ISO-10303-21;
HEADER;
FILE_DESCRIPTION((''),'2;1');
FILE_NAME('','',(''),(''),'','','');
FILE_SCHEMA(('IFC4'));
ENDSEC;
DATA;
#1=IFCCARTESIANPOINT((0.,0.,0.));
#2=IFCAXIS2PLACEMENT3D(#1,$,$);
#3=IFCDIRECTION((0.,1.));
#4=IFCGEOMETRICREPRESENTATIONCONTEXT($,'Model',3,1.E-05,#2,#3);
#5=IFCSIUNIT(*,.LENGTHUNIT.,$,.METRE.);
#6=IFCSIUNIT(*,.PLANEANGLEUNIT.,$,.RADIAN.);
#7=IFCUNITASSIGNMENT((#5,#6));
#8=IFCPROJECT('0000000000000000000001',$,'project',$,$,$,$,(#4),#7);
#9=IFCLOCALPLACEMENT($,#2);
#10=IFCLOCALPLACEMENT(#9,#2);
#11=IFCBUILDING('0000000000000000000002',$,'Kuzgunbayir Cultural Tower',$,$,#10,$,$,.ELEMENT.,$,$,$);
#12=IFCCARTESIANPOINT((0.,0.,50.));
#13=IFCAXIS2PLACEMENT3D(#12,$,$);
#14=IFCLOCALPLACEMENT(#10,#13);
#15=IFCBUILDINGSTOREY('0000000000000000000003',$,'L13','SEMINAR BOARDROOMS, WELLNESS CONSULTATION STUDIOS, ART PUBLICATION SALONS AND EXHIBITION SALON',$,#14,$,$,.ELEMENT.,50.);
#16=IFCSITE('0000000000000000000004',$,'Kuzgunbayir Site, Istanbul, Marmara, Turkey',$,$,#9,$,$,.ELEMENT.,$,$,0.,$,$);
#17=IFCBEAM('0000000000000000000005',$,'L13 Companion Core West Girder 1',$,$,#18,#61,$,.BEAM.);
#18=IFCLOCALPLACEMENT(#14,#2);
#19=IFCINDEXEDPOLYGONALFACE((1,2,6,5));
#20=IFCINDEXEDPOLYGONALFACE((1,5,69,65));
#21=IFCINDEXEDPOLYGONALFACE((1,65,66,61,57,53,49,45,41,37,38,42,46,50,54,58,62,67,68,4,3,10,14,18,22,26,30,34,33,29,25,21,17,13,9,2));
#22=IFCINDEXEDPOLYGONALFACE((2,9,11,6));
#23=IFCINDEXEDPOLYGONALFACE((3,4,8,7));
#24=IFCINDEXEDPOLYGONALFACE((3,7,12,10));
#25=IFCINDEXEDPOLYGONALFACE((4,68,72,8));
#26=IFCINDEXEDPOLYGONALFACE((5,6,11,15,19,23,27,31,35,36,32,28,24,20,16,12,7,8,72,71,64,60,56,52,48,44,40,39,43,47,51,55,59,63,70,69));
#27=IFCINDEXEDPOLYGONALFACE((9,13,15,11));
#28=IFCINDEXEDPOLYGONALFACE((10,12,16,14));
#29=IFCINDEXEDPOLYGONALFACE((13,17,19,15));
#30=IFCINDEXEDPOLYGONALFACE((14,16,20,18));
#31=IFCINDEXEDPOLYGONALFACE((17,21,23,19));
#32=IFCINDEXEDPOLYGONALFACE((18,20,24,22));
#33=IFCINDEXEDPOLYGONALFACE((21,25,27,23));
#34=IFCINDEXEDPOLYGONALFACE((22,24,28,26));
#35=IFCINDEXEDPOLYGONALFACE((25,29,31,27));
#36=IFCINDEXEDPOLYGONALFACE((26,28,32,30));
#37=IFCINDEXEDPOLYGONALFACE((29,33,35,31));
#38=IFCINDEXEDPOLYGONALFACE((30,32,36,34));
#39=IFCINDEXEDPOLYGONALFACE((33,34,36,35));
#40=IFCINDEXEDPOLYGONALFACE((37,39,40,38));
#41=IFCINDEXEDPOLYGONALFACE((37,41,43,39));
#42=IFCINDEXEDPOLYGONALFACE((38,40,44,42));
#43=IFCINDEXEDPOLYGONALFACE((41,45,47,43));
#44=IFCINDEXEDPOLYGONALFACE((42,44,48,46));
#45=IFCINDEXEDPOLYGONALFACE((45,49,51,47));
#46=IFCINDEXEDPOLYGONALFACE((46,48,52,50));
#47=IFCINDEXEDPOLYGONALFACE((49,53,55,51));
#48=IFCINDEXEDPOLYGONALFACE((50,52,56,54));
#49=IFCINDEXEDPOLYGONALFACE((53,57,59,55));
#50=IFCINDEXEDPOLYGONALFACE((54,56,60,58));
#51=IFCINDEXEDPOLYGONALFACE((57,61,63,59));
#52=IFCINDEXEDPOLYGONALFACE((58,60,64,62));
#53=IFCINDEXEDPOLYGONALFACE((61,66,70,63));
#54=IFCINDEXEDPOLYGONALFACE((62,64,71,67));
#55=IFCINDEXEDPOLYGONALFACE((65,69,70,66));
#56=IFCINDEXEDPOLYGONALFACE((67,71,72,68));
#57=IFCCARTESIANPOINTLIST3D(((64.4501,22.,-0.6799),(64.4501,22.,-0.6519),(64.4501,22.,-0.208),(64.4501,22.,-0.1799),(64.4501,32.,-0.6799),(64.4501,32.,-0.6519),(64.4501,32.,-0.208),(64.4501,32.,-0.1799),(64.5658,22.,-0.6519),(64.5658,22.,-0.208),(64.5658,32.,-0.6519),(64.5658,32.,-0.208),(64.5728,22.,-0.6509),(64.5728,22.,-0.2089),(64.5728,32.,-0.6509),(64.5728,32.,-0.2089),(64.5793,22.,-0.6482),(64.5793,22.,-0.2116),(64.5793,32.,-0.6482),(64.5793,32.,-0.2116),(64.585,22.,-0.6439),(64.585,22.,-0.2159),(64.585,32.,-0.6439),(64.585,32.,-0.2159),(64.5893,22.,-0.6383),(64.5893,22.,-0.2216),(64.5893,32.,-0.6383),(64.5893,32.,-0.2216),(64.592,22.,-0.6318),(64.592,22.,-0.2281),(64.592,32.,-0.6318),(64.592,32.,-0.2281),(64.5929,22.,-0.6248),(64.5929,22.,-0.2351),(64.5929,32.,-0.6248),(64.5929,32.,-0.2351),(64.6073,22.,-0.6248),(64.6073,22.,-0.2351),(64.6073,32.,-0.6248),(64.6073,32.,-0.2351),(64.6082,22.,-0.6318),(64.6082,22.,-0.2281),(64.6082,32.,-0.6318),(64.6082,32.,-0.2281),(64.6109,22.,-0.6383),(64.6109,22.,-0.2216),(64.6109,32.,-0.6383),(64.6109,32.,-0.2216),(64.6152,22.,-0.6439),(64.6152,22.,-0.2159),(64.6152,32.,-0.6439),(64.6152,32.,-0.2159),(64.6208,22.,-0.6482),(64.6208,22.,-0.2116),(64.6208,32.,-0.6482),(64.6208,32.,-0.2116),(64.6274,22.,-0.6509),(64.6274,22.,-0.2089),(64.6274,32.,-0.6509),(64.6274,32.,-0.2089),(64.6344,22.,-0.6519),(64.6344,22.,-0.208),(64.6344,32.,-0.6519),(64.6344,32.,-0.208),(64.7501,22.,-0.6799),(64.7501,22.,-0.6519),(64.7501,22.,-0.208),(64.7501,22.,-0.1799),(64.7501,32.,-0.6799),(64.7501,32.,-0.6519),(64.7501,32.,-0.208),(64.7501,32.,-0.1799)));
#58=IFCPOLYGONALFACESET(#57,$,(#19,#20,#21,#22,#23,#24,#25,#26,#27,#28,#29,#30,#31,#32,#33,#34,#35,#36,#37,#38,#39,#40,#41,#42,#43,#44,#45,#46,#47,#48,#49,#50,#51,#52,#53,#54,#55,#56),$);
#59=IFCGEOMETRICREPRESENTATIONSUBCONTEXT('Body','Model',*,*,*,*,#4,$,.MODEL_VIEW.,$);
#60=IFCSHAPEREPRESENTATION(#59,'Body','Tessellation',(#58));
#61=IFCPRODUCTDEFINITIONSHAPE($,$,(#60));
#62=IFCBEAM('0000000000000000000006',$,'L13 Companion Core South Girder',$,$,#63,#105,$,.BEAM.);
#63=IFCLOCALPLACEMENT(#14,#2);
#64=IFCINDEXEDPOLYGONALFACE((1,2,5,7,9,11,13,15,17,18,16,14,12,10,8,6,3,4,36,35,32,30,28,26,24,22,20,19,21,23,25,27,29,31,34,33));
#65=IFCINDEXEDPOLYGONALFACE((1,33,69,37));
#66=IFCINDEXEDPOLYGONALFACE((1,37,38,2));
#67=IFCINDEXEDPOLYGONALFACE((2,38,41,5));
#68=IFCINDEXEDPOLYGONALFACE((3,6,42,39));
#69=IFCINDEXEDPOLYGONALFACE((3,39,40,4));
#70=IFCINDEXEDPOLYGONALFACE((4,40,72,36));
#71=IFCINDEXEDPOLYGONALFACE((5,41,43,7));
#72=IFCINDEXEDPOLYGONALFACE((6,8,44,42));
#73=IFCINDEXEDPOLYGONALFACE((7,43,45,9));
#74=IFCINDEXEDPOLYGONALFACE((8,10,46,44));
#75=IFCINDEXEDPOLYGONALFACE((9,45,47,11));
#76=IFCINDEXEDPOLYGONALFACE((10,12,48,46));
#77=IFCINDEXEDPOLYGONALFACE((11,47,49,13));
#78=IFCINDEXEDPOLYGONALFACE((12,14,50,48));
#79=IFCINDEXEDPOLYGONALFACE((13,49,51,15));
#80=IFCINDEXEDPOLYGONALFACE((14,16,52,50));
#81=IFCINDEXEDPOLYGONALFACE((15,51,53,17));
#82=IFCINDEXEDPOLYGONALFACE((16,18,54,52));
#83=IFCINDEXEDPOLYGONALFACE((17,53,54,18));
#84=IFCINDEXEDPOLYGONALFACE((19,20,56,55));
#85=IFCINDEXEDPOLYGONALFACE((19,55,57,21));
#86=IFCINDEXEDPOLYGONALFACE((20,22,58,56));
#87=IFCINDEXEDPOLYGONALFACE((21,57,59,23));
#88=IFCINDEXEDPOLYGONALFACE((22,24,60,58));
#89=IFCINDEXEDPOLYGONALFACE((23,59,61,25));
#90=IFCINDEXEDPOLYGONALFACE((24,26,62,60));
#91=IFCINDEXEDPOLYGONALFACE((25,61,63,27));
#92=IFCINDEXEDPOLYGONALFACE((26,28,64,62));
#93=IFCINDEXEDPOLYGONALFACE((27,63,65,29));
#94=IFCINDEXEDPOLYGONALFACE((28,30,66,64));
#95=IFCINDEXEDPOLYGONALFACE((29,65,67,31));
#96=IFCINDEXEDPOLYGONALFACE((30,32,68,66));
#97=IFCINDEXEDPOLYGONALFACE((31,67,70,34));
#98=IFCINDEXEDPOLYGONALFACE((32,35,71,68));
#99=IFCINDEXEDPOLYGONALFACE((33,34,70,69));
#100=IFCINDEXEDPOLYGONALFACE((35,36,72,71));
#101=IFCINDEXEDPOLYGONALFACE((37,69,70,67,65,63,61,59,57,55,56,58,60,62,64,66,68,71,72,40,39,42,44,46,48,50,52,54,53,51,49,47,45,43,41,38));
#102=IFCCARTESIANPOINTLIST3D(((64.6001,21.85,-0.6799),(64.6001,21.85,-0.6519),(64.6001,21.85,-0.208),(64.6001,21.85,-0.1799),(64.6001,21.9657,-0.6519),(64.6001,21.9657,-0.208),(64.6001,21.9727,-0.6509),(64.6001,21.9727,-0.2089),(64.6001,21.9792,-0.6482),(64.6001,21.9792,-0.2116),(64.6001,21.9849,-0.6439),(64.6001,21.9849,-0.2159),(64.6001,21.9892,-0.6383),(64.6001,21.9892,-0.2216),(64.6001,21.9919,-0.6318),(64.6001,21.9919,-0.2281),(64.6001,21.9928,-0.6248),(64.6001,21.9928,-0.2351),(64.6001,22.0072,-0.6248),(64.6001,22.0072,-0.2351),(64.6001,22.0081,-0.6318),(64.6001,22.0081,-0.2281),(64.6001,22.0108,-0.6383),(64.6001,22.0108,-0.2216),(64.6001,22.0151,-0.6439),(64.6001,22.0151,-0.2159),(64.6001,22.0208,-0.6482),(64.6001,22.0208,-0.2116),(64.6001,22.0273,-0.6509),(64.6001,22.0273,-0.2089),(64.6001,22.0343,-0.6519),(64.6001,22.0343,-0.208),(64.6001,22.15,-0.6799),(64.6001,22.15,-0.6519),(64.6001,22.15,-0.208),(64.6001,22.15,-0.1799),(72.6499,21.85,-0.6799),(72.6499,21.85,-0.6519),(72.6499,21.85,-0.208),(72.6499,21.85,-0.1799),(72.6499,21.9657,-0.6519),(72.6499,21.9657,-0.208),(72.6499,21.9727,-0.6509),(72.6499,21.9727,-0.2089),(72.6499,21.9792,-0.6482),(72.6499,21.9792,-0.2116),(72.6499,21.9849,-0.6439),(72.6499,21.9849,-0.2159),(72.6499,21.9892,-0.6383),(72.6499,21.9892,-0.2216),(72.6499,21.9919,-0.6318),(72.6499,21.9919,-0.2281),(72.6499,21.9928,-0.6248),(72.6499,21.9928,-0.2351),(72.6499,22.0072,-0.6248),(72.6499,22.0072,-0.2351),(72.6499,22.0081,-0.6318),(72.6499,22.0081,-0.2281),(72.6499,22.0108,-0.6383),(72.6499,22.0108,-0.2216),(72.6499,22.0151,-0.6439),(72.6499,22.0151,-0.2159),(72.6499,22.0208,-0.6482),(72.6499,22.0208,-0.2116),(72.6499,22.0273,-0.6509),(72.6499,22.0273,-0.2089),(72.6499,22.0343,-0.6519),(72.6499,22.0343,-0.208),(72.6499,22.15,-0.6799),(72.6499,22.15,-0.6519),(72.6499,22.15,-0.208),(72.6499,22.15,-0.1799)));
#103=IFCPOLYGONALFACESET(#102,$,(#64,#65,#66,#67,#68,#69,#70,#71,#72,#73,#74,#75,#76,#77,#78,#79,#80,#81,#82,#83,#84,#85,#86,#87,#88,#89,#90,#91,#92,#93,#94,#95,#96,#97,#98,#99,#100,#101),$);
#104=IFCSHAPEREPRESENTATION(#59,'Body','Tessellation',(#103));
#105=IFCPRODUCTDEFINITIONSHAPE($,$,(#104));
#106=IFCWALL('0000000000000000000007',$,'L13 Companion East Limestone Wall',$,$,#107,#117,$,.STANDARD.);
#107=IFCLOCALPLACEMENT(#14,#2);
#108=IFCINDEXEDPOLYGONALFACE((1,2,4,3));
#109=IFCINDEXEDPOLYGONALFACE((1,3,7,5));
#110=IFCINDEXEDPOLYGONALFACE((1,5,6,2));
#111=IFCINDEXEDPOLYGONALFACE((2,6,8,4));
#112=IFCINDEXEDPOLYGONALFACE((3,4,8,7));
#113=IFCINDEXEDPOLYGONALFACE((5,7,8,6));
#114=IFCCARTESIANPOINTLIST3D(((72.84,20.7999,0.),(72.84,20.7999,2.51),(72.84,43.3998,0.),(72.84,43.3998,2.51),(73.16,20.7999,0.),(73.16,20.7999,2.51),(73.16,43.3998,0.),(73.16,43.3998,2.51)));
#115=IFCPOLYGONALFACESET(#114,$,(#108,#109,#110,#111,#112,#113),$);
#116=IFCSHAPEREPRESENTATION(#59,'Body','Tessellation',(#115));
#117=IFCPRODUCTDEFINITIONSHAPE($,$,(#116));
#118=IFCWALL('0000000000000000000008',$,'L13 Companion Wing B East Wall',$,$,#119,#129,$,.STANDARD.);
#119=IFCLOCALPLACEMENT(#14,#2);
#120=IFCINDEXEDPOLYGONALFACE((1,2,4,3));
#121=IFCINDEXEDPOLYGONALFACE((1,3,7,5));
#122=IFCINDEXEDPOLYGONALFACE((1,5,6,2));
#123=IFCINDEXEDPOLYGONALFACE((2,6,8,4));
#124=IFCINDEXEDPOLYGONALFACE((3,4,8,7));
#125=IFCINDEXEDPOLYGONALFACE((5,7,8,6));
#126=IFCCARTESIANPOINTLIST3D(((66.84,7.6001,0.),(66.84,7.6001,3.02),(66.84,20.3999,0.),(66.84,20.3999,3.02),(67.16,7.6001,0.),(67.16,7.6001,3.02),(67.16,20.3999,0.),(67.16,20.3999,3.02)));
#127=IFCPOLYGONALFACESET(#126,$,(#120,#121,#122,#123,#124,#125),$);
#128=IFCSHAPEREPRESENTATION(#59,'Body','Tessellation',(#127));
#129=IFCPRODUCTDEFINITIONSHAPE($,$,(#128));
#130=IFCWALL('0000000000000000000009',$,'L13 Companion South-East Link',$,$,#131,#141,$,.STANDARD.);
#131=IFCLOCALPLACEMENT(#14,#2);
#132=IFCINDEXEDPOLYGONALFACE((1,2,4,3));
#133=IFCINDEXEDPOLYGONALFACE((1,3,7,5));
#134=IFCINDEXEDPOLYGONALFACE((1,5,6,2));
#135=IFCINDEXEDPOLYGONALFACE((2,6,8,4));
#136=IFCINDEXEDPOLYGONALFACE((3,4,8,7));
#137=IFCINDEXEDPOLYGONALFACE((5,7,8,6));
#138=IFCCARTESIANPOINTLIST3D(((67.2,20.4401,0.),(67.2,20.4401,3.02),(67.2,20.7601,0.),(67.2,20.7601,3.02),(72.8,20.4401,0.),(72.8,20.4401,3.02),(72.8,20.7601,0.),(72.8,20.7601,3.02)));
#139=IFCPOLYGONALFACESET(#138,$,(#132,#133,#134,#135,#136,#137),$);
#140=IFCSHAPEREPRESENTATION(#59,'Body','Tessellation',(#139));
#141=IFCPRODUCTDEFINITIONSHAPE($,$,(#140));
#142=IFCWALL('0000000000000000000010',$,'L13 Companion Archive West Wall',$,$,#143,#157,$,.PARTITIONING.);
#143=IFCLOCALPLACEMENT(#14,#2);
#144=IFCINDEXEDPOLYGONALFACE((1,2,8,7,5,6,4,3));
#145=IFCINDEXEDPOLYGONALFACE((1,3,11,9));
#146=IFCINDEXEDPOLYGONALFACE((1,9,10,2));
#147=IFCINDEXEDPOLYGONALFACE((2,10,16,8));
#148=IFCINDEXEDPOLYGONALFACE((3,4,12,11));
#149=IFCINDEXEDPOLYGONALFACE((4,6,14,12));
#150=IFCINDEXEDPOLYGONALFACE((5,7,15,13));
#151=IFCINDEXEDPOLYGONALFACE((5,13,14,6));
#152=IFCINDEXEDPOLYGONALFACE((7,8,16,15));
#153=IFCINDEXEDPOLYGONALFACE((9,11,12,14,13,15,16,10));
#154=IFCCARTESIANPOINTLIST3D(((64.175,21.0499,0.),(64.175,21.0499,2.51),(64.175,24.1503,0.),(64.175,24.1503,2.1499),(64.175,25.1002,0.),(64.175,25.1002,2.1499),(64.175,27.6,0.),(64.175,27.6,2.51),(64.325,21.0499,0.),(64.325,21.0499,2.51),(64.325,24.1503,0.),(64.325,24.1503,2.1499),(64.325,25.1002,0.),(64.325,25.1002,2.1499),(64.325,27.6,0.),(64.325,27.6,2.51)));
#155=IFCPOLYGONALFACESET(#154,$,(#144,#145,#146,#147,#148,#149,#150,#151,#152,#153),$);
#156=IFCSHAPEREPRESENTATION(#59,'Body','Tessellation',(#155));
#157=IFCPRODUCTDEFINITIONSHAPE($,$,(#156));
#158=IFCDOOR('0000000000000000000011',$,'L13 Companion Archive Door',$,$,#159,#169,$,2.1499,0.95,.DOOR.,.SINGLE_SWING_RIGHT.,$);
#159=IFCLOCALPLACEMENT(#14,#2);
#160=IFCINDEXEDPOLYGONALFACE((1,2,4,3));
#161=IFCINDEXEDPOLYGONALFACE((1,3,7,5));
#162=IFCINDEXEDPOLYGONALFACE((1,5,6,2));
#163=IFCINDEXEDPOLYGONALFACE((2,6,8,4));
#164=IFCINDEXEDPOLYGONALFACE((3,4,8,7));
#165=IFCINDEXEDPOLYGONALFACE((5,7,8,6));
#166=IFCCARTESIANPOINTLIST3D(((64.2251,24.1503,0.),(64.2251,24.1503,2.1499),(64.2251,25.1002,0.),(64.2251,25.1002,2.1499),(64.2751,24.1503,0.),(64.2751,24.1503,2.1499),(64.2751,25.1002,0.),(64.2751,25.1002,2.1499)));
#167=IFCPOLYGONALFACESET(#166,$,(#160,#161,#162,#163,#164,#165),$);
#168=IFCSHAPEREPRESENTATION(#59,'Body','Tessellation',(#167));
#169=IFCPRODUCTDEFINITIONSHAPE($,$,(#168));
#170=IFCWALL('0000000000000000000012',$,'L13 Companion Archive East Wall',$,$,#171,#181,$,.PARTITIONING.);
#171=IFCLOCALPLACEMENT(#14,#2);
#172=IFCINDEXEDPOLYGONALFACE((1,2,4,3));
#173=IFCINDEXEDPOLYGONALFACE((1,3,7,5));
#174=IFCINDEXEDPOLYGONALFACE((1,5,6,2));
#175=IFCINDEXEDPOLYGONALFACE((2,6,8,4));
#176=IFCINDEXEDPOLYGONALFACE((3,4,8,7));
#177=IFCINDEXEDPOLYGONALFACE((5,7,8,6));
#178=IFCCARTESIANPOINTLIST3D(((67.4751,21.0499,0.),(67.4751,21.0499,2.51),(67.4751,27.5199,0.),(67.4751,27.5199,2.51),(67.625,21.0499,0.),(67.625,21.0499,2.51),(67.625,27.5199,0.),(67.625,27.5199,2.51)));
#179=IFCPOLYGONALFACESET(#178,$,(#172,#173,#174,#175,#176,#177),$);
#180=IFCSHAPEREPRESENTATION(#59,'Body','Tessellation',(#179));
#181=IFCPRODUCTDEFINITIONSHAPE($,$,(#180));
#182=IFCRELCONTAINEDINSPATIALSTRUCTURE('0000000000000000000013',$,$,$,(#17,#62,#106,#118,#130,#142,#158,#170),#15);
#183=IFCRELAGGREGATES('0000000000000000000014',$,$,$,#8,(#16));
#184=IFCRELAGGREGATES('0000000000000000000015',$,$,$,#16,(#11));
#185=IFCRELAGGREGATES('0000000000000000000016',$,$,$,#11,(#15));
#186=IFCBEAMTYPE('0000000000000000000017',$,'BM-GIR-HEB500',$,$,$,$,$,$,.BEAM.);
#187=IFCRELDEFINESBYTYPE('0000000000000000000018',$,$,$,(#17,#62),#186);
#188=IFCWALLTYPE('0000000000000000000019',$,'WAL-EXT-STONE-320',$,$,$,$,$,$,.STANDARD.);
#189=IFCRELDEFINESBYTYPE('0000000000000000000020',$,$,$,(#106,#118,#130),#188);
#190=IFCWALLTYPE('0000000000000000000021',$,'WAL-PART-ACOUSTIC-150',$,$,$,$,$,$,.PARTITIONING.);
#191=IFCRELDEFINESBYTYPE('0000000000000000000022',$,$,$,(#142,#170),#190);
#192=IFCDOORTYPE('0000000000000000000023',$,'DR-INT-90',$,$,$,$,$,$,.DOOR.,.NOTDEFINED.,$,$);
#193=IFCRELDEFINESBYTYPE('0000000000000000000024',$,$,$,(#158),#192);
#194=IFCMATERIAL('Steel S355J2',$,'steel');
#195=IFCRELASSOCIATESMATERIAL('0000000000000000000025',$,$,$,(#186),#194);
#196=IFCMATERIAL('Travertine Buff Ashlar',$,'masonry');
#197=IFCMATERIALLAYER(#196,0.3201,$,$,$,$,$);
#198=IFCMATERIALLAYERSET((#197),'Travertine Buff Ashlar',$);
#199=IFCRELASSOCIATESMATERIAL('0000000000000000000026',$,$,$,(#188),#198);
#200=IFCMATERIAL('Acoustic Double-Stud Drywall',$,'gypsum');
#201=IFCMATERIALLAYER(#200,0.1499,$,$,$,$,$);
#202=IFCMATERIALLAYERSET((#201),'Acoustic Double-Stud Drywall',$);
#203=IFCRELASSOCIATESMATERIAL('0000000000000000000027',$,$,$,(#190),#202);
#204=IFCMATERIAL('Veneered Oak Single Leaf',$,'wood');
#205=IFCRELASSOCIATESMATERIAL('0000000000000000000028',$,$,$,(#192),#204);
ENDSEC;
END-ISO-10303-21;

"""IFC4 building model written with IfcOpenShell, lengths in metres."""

from ifc_helpers import new_model, si_unit, direction, frame, frame_2d, origin, origin_2d, place, context, subcontext, project, spatial, rectangle, i_section, extrude, material, layer, layer_set, material_profile, profile_set, type_object, element, fill, save


model = new_model("IFC4")

# Units and contexts
model_context = context("Model", 3, precision=1e-05, world=origin(), true_north=direction((0.0, 1.0)))
body_context = subcontext(model_context, "Body", "Model", "MODEL_VIEW")
ifc_project = project(units=[si_unit("LENGTHUNIT", "METRE"), si_unit("PLANEANGLEUNIT", "RADIAN")], contexts=[model_context])

# Site, building, storey
site_placement = place(None, origin())
site = spatial("IfcSite", under=ifc_project, at=site_placement, Name="Kuzgunbayir Site, Istanbul, Marmara, Turkey", CompositionType="ELEMENT", RefElevation=0.0)
building_placement = place(site_placement, origin())
building = spatial("IfcBuilding", under=site, at=building_placement, Name="Kuzgunbayir Cultural Tower", CompositionType="ELEMENT")
storey_placement = place(building_placement, frame((0.0, 0.0, 50.0)))
storey = spatial("IfcBuildingStorey", under=building, at=storey_placement, Name="L13", Description="SEMINAR BOARDROOMS, WELLNESS CONSULTATION STUDIOS, ART PUBLICATION SALONS AND EXHIBITION SALON", CompositionType="ELEMENT", Elevation=50.0)

# Beams
ifc_material_1 = material(Name="Steel S355J2", Category="steel")
ifc_material_profile_1 = material_profile(ifc_material_1, i_section(OverallWidth=0.3, OverallDepth=0.5, WebThickness=0.0144, FlangeThickness=0.0281, FilletRadius=0.0271, at=origin_2d()), Name="HEB 500")
ifc_profile_set_1 = profile_set([ifc_material_profile_1], Name="Steel S355J2")
beam_type_1 = type_object("IfcBeamType", Name="BM-GIR-HEB500", PredefinedType="BEAM", material=ifc_profile_set_1)
beam_1_placement = place(storey_placement, frame((64.6001, 22.0, -0.4299), z_axis=(0.0, 1.0, 0.0), x_axis=(-1.0, 0.0, 0.0)))
element("IfcBeam", 1, at=beam_1_placement, inside=storey, type_object=beam_type_1, Name="L13 Companion Core West Girder 1", PredefinedType="BEAM", context=body_context, shape_type="SweptSolid", body=[
    extrude(i_section(OverallWidth=0.3, OverallDepth=0.5, WebThickness=0.0144, FlangeThickness=0.0281, FilletRadius=0.0271, at=origin_2d()), origin(), (0.0, 0.0, 1.0), 10.0),
])
beam_2_placement = place(storey_placement, frame((64.6001, 22.0, -0.4299), z_axis=(1.0, 0.0, 0.0), x_axis=(0.0, 1.0, 0.0)))
element("IfcBeam", 2, at=beam_2_placement, inside=storey, type_object=beam_type_1, Name="L13 Companion Core South Girder", PredefinedType="BEAM", context=body_context, shape_type="SweptSolid", body=[
    extrude(i_section(OverallWidth=0.3, OverallDepth=0.5, WebThickness=0.0144, FlangeThickness=0.0281, FilletRadius=0.0271, at=origin_2d()), origin(), (0.0, 0.0, 1.0), 8.0498),
])

# Walls
ifc_material_2 = material(Name="Travertine Buff Ashlar", Category="masonry")
ifc_layer_1 = layer(ifc_material_2, 0.3201)
ifc_layer_set_1 = layer_set([ifc_layer_1], Name="Travertine Buff Ashlar")
wall_type_1 = type_object("IfcWallType", Name="WAL-EXT-STONE-320", PredefinedType="STANDARD", material=ifc_layer_set_1)
wall_1_placement = place(storey_placement, frame((73.0, 20.8, 0.0), z_axis=(0.0, 0.0, 1.0), x_axis=(0.0, 1.0, 0.0)))
element("IfcWall", 3, at=wall_1_placement, inside=storey, type_object=wall_type_1, Name="L13 Companion East Limestone Wall", PredefinedType="STANDARD", context=body_context, shape_type="SweptSolid", body=[
    extrude(rectangle(XDim=22.5999, YDim=0.3201, at=frame_2d((11.2998, 0.0))), origin(), (0.0, 0.0, 1.0), 2.51),
])
wall_2_placement = place(storey_placement, frame((67.0, 7.6001, 0.0), z_axis=(0.0, 0.0, 1.0), x_axis=(0.0, 1.0, 0.0)))
element("IfcWall", 4, at=wall_2_placement, inside=storey, type_object=wall_type_1, Name="L13 Companion Wing B East Wall", PredefinedType="STANDARD", context=body_context, shape_type="SweptSolid", body=[
    extrude(rectangle(XDim=12.7998, YDim=0.3201, at=frame_2d((6.3999, 0.0))), origin(), (0.0, 0.0, 1.0), 3.02),
])
wall_3_placement = place(storey_placement, frame((67.2, 20.6001, 0.0), z_axis=(0.0, 0.0, 1.0), x_axis=(1.0, 0.0, 0.0)))
element("IfcWall", 5, at=wall_3_placement, inside=storey, type_object=wall_type_1, Name="L13 Companion South-East Link", PredefinedType="STANDARD", context=body_context, shape_type="SweptSolid", body=[
    extrude(rectangle(XDim=5.6001, YDim=0.3201, at=frame_2d((2.8, 0.0))), origin(), (0.0, 0.0, 1.0), 3.02),
])

# Wall, opening, door
ifc_material_3 = material(Name="Acoustic Double-Stud Drywall", Category="gypsum")
ifc_layer_2 = layer(ifc_material_3, 0.1499)
ifc_layer_set_2 = layer_set([ifc_layer_2], Name="Acoustic Double-Stud Drywall")
wall_type_2 = type_object("IfcWallType", Name="WAL-PART-ACOUSTIC-150", PredefinedType="PARTITIONING", material=ifc_layer_set_2)
wall_4_placement = place(storey_placement, frame((64.25, 21.05, 0.0), z_axis=(0.0, 0.0, 1.0), x_axis=(0.0, 1.0, 0.0)))
wall_4 = element("IfcWall", 6, at=wall_4_placement, inside=storey, type_object=wall_type_2, Name="L13 Companion Archive West Wall", PredefinedType="PARTITIONING", context=body_context, shape_type="SweptSolid", body=[
    extrude(rectangle(XDim=6.55, YDim=0.1499, at=frame_2d((3.2749, 0.0))), origin(), (0.0, 0.0, 1.0), 2.51),
])
opening_1_placement = place(wall_4_placement, frame((3.1001, 0.0, 0.0)))
opening_1 = element("IfcOpeningElement", 7, at=opening_1_placement, cuts=wall_4, PredefinedType="OPENING", context=body_context, shape_type="SweptSolid", body=[
    extrude(rectangle(XDim=0.95, YDim=2.1499, at=frame_2d((0.4751, 1.075))), frame((0.0, 0.085, 0.0), z_axis=(0.0, -1.0, 0.0), x_axis=(1.0, 0.0, 0.0)), (0.0, 0.0, 1.0), 0.1699),
])
ifc_material_4 = material(Name="Veneered Oak Single Leaf", Category="wood")
door_type_1 = type_object("IfcDoorType", Name="DR-INT-90", OperationType="NOTDEFINED", PredefinedType="DOOR", material=ifc_material_4)
door_1_placement = place(opening_1_placement, origin())
door_1 = element("IfcDoor", 8, at=door_1_placement, inside=storey, type_object=door_type_1, Name="L13 Companion Archive Door", OperationType="SINGLE_SWING_RIGHT", OverallHeight=2.1499, OverallWidth=0.95, PredefinedType="DOOR", context=body_context, shape_type="SweptSolid", body=[
    extrude(rectangle(XDim=0.95, YDim=2.1499, at=frame_2d((0.4751, 1.075))), frame((0.0, 0.0249, 0.0), z_axis=(0.0, -1.0, 0.0), x_axis=(1.0, 0.0, 0.0)), (0.0, 0.0, 1.0), 0.05),
])
fill(opening_1, door_1)

# Wall
wall_5_placement = place(storey_placement, frame((67.55, 21.05, 0.0), z_axis=(0.0, 0.0, 1.0), x_axis=(0.0, 1.0, 0.0)))
element("IfcWall", 9, at=wall_5_placement, inside=storey, type_object=wall_type_2, Name="L13 Companion Archive East Wall", PredefinedType="PARTITIONING", context=body_context, shape_type="SweptSolid", body=[
    extrude(rectangle(XDim=6.47, YDim=0.1499, at=frame_2d((3.2349, 0.0))), origin(), (0.0, 0.0, 1.0), 2.51),
])

save(model, "model.ifc")
